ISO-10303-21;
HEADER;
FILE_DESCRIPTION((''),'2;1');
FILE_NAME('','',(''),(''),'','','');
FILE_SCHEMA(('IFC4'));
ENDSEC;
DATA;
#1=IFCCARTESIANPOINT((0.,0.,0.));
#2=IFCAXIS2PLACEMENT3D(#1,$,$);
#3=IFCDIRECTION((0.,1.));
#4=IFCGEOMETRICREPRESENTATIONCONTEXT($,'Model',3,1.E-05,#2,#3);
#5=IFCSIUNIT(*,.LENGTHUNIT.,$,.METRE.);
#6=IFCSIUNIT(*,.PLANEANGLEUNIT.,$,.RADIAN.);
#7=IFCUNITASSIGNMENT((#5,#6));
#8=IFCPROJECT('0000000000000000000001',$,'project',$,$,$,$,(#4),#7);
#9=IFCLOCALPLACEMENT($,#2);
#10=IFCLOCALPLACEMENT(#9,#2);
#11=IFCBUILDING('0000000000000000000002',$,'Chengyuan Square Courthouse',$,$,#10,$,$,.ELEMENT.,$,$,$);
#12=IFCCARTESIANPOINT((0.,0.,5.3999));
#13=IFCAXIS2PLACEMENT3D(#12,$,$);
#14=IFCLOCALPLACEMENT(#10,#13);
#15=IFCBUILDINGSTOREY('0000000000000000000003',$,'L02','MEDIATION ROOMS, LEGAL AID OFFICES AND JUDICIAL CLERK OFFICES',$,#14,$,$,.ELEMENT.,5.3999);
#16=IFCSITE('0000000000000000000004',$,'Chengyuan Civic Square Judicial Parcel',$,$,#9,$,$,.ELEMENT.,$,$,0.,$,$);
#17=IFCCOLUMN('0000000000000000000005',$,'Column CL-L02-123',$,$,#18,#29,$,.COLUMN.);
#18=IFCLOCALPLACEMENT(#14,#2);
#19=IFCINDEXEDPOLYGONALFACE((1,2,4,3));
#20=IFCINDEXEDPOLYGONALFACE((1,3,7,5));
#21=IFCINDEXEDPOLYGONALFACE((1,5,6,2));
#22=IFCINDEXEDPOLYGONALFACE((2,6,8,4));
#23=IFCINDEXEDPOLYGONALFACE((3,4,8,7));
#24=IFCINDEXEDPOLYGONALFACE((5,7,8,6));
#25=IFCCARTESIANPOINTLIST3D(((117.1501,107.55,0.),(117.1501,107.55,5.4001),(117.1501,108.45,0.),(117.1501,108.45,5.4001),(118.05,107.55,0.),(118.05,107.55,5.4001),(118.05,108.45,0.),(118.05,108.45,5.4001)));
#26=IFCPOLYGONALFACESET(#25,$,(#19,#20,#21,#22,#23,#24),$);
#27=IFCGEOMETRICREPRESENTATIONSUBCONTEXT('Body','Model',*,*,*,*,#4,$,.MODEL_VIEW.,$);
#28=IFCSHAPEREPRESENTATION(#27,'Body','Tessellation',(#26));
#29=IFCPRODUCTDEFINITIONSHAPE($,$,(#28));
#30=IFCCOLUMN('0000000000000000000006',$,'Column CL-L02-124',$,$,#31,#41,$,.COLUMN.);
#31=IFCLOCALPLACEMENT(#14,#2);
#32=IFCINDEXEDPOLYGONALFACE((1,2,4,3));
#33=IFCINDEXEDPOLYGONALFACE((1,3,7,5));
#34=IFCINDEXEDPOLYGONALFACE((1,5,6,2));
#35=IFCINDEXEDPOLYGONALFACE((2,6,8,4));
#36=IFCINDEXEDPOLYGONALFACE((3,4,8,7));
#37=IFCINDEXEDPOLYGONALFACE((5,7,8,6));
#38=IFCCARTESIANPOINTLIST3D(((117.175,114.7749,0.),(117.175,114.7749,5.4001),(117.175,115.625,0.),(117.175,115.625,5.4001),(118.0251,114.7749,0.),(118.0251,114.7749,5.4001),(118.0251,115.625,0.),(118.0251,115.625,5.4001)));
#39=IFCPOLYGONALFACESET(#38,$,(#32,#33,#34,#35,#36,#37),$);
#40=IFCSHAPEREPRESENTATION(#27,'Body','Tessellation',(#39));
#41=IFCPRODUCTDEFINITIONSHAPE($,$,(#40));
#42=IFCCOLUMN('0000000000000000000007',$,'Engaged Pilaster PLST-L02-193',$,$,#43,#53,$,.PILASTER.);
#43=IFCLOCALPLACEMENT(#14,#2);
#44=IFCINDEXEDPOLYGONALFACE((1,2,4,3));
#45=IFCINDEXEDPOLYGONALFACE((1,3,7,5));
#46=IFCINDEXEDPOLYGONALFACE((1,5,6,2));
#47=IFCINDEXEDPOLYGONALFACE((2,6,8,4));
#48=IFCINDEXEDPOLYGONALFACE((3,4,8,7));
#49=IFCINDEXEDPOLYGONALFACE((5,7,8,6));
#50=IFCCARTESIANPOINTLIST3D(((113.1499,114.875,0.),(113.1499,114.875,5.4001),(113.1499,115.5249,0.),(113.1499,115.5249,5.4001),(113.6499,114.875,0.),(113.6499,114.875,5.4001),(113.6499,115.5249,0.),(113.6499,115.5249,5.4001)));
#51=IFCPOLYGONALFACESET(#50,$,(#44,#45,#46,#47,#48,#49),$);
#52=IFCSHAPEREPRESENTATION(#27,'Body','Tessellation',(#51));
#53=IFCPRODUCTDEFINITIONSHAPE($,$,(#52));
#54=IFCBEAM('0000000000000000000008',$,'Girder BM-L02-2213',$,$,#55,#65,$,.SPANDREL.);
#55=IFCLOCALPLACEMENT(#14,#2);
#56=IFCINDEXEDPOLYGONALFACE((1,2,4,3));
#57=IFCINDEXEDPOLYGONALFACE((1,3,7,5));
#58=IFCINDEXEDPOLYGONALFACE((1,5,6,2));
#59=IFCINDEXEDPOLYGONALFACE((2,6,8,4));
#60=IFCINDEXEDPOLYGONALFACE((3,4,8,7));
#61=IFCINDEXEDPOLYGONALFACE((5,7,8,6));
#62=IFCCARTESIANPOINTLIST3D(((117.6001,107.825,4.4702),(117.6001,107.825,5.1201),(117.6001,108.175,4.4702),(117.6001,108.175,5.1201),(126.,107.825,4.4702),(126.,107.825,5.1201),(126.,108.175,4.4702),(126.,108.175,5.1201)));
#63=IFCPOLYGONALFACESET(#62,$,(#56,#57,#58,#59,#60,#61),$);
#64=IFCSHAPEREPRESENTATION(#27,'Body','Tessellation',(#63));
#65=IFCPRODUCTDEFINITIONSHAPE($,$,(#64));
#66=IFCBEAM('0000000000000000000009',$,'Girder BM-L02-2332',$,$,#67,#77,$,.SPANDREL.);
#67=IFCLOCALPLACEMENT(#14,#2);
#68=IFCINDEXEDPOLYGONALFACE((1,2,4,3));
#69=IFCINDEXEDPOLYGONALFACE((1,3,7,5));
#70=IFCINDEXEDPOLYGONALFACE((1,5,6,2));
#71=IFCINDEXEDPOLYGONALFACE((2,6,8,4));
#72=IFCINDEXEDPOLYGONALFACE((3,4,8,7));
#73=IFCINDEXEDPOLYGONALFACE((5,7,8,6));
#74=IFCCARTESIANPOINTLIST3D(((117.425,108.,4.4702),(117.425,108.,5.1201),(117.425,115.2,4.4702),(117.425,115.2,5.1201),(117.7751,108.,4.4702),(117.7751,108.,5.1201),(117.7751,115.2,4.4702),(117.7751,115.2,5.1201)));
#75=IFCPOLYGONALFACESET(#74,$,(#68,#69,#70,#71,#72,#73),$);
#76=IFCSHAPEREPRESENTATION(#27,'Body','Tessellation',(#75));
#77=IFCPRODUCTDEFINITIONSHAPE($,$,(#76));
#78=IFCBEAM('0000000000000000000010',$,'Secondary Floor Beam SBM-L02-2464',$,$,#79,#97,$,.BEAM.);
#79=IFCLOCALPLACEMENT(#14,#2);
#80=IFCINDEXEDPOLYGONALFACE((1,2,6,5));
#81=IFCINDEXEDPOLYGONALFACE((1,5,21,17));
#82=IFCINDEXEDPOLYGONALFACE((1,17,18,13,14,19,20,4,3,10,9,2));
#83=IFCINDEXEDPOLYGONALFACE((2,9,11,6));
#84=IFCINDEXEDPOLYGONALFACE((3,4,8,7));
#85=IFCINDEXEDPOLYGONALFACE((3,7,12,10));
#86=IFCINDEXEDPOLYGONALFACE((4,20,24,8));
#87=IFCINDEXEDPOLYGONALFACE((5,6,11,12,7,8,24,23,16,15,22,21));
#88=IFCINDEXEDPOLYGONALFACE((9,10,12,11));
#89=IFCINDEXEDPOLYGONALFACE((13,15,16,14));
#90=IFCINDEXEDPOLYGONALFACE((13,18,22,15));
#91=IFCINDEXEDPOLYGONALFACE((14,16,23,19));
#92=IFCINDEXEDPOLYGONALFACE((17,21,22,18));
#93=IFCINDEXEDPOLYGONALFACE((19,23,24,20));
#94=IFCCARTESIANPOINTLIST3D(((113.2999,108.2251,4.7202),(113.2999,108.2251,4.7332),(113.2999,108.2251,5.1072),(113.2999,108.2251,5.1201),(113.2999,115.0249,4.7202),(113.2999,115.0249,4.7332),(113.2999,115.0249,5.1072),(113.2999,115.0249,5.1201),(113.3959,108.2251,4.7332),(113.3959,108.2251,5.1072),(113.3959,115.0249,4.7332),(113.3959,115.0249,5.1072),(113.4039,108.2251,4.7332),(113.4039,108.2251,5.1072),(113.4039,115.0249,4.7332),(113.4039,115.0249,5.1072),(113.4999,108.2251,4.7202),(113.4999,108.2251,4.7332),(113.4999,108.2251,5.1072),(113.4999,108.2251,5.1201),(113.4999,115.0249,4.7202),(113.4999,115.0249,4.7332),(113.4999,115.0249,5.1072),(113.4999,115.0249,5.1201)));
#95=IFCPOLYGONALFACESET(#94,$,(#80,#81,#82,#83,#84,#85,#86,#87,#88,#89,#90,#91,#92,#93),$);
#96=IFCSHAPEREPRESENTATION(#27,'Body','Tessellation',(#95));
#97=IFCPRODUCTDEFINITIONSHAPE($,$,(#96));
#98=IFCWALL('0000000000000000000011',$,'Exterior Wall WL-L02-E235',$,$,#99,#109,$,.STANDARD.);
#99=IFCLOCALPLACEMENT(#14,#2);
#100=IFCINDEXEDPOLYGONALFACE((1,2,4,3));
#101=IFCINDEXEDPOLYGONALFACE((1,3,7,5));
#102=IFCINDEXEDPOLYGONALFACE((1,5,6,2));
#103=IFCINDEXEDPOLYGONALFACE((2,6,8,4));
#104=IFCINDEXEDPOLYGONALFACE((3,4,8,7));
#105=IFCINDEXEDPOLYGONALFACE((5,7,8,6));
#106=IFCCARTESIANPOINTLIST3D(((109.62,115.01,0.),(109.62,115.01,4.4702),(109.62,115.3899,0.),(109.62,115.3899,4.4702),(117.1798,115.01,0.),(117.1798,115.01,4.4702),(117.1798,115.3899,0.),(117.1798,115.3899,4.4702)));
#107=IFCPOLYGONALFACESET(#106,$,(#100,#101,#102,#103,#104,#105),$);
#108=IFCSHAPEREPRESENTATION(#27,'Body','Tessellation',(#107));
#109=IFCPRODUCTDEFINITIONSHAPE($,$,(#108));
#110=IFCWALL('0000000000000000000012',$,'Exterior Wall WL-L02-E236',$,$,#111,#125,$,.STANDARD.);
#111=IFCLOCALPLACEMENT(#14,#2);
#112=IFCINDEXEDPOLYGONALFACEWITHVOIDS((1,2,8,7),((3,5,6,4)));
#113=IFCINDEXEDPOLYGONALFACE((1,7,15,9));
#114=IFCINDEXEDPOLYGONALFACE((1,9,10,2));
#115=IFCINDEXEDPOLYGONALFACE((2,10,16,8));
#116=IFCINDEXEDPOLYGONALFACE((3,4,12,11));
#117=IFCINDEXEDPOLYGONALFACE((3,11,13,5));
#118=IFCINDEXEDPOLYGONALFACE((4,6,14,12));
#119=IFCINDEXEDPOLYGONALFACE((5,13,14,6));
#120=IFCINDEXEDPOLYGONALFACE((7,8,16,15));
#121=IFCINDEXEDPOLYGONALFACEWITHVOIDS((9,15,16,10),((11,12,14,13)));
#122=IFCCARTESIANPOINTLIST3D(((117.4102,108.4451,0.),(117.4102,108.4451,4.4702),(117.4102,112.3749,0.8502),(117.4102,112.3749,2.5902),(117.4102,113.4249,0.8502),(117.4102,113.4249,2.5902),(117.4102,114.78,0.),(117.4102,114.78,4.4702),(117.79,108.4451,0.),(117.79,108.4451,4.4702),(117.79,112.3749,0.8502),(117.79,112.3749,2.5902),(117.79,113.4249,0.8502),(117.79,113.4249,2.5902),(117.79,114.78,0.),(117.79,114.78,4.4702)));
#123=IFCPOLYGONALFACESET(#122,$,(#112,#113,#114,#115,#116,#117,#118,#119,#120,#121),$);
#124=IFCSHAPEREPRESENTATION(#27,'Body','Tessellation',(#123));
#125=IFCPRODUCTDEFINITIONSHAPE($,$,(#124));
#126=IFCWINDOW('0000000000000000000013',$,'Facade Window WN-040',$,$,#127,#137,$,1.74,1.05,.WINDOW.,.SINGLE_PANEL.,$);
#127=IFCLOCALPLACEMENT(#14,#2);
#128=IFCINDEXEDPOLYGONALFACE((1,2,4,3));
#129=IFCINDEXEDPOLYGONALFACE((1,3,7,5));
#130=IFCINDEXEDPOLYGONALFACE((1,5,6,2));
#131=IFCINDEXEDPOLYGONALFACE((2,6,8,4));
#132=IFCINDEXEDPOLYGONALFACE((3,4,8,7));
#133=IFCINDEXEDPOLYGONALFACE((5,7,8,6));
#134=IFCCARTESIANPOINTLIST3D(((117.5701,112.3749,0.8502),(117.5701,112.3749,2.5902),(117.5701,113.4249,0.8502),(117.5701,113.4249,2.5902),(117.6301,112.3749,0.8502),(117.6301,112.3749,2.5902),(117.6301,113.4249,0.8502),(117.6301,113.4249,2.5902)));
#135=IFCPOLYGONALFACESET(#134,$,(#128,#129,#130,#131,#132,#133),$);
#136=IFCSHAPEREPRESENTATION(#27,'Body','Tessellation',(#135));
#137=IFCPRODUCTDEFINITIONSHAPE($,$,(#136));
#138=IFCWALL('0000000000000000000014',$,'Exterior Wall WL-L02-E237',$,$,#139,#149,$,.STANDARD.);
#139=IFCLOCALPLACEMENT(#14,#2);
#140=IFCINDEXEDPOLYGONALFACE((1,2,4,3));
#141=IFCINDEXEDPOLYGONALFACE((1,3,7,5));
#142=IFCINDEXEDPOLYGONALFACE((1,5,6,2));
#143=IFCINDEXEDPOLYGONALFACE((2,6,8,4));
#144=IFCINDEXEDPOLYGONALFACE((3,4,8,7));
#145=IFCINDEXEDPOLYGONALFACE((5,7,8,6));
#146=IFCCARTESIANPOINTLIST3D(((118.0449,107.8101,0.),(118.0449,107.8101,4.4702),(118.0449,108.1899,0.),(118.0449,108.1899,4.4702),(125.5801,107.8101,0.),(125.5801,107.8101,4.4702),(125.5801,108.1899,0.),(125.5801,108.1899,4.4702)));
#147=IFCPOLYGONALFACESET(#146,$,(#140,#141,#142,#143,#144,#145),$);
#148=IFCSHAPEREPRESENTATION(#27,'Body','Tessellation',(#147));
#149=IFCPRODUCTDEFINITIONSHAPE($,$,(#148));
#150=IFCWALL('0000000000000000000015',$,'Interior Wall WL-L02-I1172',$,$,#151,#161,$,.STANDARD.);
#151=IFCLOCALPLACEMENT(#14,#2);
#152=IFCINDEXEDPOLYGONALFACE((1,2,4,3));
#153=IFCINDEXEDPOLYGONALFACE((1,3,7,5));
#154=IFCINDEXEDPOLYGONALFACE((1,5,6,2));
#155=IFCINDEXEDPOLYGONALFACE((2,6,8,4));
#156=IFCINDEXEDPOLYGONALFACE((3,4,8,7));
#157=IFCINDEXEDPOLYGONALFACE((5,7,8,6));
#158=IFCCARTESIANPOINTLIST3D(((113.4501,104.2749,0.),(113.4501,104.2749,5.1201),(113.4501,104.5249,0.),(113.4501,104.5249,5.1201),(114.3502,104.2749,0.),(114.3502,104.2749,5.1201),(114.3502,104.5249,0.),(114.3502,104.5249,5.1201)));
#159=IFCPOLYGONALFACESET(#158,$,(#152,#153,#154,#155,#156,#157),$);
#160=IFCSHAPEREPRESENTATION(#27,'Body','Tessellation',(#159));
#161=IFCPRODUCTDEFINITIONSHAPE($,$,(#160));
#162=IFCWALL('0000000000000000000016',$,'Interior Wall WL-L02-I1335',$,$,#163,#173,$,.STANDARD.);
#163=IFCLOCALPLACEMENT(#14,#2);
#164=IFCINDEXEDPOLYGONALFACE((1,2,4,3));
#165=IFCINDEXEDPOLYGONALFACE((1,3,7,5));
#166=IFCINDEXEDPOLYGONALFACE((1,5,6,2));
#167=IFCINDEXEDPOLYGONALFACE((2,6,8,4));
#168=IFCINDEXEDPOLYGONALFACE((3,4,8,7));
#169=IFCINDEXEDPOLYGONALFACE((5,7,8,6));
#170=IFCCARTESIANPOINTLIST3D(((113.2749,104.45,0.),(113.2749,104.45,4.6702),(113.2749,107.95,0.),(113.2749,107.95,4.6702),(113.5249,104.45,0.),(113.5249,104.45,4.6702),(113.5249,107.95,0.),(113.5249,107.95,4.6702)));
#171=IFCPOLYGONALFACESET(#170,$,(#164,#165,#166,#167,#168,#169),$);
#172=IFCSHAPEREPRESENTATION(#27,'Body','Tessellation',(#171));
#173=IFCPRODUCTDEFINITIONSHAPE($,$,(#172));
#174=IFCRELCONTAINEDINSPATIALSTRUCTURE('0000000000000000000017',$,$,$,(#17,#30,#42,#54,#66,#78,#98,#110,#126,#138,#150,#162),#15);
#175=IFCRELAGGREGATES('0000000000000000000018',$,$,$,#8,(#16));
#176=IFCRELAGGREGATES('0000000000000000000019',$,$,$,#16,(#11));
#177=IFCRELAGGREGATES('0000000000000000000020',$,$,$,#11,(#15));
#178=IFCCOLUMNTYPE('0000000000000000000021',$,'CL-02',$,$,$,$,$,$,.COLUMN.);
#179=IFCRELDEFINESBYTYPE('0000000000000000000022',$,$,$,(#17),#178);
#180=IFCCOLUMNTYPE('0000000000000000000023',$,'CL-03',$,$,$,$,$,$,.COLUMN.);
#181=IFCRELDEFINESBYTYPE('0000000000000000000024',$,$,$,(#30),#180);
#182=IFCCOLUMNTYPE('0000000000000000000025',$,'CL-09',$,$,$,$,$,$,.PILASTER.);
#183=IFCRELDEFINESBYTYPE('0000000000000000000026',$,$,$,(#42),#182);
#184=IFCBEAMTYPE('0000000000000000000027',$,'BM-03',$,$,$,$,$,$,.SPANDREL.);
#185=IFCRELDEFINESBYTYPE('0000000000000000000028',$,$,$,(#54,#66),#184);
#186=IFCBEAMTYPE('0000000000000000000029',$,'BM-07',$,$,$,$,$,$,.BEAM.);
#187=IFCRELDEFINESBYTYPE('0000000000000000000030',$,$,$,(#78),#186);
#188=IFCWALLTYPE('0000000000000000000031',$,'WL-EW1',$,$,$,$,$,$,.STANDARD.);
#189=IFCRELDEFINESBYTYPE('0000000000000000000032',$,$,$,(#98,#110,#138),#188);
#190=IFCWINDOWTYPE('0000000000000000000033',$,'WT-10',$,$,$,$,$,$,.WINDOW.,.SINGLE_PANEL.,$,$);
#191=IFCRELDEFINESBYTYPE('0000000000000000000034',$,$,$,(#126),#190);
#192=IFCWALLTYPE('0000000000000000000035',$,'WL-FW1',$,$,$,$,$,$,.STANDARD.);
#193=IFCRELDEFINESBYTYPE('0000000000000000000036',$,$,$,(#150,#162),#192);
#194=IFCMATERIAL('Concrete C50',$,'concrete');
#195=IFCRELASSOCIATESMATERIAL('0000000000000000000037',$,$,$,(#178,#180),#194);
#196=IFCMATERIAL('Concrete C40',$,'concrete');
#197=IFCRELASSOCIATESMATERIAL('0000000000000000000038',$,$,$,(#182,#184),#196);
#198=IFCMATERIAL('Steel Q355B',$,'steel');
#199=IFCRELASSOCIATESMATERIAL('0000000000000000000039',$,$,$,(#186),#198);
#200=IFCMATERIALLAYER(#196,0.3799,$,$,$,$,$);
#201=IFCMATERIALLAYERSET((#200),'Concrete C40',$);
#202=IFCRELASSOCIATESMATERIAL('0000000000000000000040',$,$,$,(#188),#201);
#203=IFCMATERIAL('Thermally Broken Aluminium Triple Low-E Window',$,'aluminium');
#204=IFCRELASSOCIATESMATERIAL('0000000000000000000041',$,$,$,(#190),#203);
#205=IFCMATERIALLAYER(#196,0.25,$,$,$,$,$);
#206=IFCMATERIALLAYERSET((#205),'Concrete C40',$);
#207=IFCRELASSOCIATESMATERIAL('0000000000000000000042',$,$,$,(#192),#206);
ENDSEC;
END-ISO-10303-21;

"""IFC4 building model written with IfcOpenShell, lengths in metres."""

from ifc_helpers import new_model, si_unit, direction, frame, frame_2d, origin, origin_2d, place, context, subcontext, project, spatial, rectangle, i_section, extrude, material, layer, layer_set, material_profile, profile_set, type_object, element, fill, save


model = new_model("IFC4")

# Units and contexts
model_context = context("Model", 3, precision=1e-05, world=origin(), true_north=direction((0.0, 1.0)))
body_context = subcontext(model_context, "Body", "Model", "MODEL_VIEW")
ifc_project = project(units=[si_unit("LENGTHUNIT", "METRE"), si_unit("PLANEANGLEUNIT", "RADIAN")], contexts=[model_context])

# Site, building, storey
site_placement = place(None, origin())
site = spatial("IfcSite", under=ifc_project, at=site_placement, Name="Chengyuan Civic Square Judicial Parcel", CompositionType="ELEMENT", RefElevation=0.0)
building_placement = place(site_placement, origin())
building = spatial("IfcBuilding", under=site, at=building_placement, Name="Chengyuan Square Courthouse", CompositionType="ELEMENT")
storey_placement = place(building_placement, frame((0.0, 0.0, 5.3999)))
storey = spatial("IfcBuildingStorey", under=building, at=storey_placement, Name="L02", Description="MEDIATION ROOMS, LEGAL AID OFFICES AND JUDICIAL CLERK OFFICES", CompositionType="ELEMENT", Elevation=5.3999)

# Columns
ifc_material_1 = material(Name="Concrete C50", Category="concrete")
ifc_material_profile_1 = material_profile(ifc_material_1, rectangle(XDim=0.8999, YDim=0.8999, at=origin_2d()), Name="RC-COL-900x900")
ifc_profile_set_1 = profile_set([ifc_material_profile_1], Name="Concrete C50")
column_type_1 = type_object("IfcColumnType", Name="CL-02", PredefinedType="COLUMN", material=ifc_profile_set_1)
column_1_placement = place(storey_placement, frame((117.6001, 108.0, 0.0), z_axis=(0.0, 0.0, 1.0), x_axis=(1.0, 0.0, 0.0)))
element("IfcColumn", 1, at=column_1_placement, inside=storey, type_object=column_type_1, Name="Column CL-L02-123", PredefinedType="COLUMN", context=body_context, shape_type="SweptSolid", body=[
    extrude(rectangle(XDim=0.8999, YDim=0.8999, at=origin_2d()), origin(), (0.0, 0.0, 1.0), 5.4001),
])
ifc_material_profile_2 = material_profile(ifc_material_1, rectangle(XDim=0.8501, YDim=0.8501, at=origin_2d()), Name="RC-COL-850x850")
ifc_profile_set_2 = profile_set([ifc_material_profile_2], Name="Concrete C50")
column_type_2 = type_object("IfcColumnType", Name="CL-03", PredefinedType="COLUMN", material=ifc_profile_set_2)
column_2_placement = place(storey_placement, frame((117.6001, 115.2, 0.0), z_axis=(0.0, 0.0, 1.0), x_axis=(1.0, 0.0, 0.0)))
element("IfcColumn", 2, at=column_2_placement, inside=storey, type_object=column_type_2, Name="Column CL-L02-124", PredefinedType="COLUMN", context=body_context, shape_type="SweptSolid", body=[
    extrude(rectangle(XDim=0.8501, YDim=0.8501, at=origin_2d()), origin(), (0.0, 0.0, 1.0), 5.4001),
])
ifc_material_2 = material(Name="Concrete C40", Category="concrete")
ifc_material_profile_3 = material_profile(ifc_material_2, rectangle(XDim=0.5, YDim=0.6499, at=origin_2d()), Name="RC-PIL-500x650")
ifc_profile_set_3 = profile_set([ifc_material_profile_3], Name="Concrete C40")
column_type_3 = type_object("IfcColumnType", Name="CL-09", PredefinedType="PILASTER", material=ifc_profile_set_3)
column_3_placement = place(storey_placement, frame((113.3999, 115.2, 0.0), z_axis=(0.0, 0.0, 1.0), x_axis=(1.0, 0.0, 0.0)))
element("IfcColumn", 3, at=column_3_placement, inside=storey, type_object=column_type_3, Name="Engaged Pilaster PLST-L02-193", PredefinedType="PILASTER", context=body_context, shape_type="SweptSolid", body=[
    extrude(rectangle(XDim=0.5, YDim=0.6499, at=origin_2d()), origin(), (0.0, 0.0, 1.0), 5.4001),
])

# Beams
ifc_material_profile_4 = material_profile(ifc_material_2, rectangle(XDim=0.3501, YDim=0.6499, at=origin_2d()), Name="RC-BM-350x650")
ifc_profile_set_4 = profile_set([ifc_material_profile_4], Name="Concrete C40")
beam_type_1 = type_object("IfcBeamType", Name="BM-03", PredefinedType="SPANDREL", material=ifc_profile_set_4)
beam_1_placement = place(storey_placement, frame((117.6001, 108.0, 4.7952), z_axis=(1.0, 0.0, 0.0), x_axis=(0.0, 1.0, 0.0)))
element("IfcBeam", 4, at=beam_1_placement, inside=storey, type_object=beam_type_1, Name="Girder BM-L02-2213", PredefinedType="SPANDREL", context=body_context, shape_type="SweptSolid", body=[
    extrude(rectangle(XDim=0.3501, YDim=0.6499, at=origin_2d()), origin(), (0.0, 0.0, 1.0), 8.3999),
])
beam_2_placement = place(storey_placement, frame((117.6001, 108.0, 4.7952), z_axis=(0.0, 1.0, 0.0), x_axis=(-1.0, 0.0, 0.0)))
element("IfcBeam", 5, at=beam_2_placement, inside=storey, type_object=beam_type_1, Name="Girder BM-L02-2332", PredefinedType="SPANDREL", context=body_context, shape_type="SweptSolid", body=[
    extrude(rectangle(XDim=0.3501, YDim=0.6499, at=origin_2d()), origin(), (0.0, 0.0, 1.0), 7.2),
])
ifc_material_3 = material(Name="Steel Q355B", Category="steel")
ifc_material_profile_5 = material_profile(ifc_material_3, i_section(OverallWidth=0.2, OverallDepth=0.3999, WebThickness=0.0081, FlangeThickness=0.0129, at=origin_2d()), Name="HN 400x200x8x13")
ifc_profile_set_5 = profile_set([ifc_material_profile_5], Name="Steel Q355B")
beam_type_2 = type_object("IfcBeamType", Name="BM-07", PredefinedType="BEAM", material=ifc_profile_set_5)
beam_3_placement = place(storey_placement, frame((113.3999, 108.2251, 4.9202), z_axis=(0.0, 1.0, 0.0), x_axis=(-1.0, 0.0, 0.0)))
element("IfcBeam", 6, at=beam_3_placement, inside=storey, type_object=beam_type_2, Name="Secondary Floor Beam SBM-L02-2464", PredefinedType="BEAM", context=body_context, shape_type="SweptSolid", body=[
    extrude(i_section(OverallWidth=0.2, OverallDepth=0.3999, WebThickness=0.0081, FlangeThickness=0.0129, at=origin_2d()), origin(), (0.0, 0.0, 1.0), 6.7998),
])

# Wall
ifc_layer_1 = layer(ifc_material_2, 0.3799)
ifc_layer_set_1 = layer_set([ifc_layer_1], Name="Concrete C40")
wall_type_1 = type_object("IfcWallType", Name="WL-EW1", PredefinedType="STANDARD", material=ifc_layer_set_1)
wall_1_placement = place(storey_placement, frame((109.6201, 115.2, 0.0), z_axis=(0.0, 0.0, 1.0), x_axis=(1.0, 0.0, 0.0)))
element("IfcWall", 7, at=wall_1_placement, inside=storey, type_object=wall_type_1, Name="Exterior Wall WL-L02-E235", PredefinedType="STANDARD", context=body_context, shape_type="SweptSolid", body=[
    extrude(rectangle(XDim=7.5598, YDim=0.3799, at=frame_2d((3.7798, 0.0))), origin(), (0.0, 0.0, 1.0), 4.4702),
])

# Wall, opening, window
wall_2_placement = place(storey_placement, frame((117.6001, 108.4451, 0.0), z_axis=(0.0, 0.0, 1.0), x_axis=(0.0, 1.0, 0.0)))
wall_2 = element("IfcWall", 8, at=wall_2_placement, inside=storey, type_object=wall_type_1, Name="Exterior Wall WL-L02-E236", PredefinedType="STANDARD", context=body_context, shape_type="SweptSolid", body=[
    extrude(rectangle(XDim=6.335, YDim=0.3799, at=frame_2d((3.1675, 0.0))), origin(), (0.0, 0.0, 1.0), 4.4702),
])
opening_1_placement = place(wall_2_placement, frame((3.9299, 0.0, 0.8501)))
opening_1 = element("IfcOpeningElement", 9, at=opening_1_placement, cuts=wall_2, PredefinedType="OPENING", context=body_context, shape_type="SweptSolid", body=[
    extrude(rectangle(XDim=1.05, YDim=1.74, at=frame_2d((0.5249, 0.8701))), frame((0.0, 0.2019, 0.0), z_axis=(0.0, -1.0, 0.0), x_axis=(1.0, 0.0, 0.0)), (0.0, 0.0, 1.0), 0.4038),
])
ifc_material_4 = material(Name="Thermally Broken Aluminium Triple Low-E Window", Category="aluminium")
window_type = type_object("IfcWindowType", Name="WT-10", PartitioningType="SINGLE_PANEL", PredefinedType="WINDOW", material=ifc_material_4)
window_placement = place(opening_1_placement, origin())
window = element("IfcWindow", 10, at=window_placement, inside=storey, type_object=window_type, Name="Facade Window WN-040", OverallHeight=1.74, OverallWidth=1.05, PartitioningType="SINGLE_PANEL", PredefinedType="WINDOW", context=body_context, shape_type="SweptSolid", body=[
    extrude(rectangle(XDim=1.05, YDim=1.74, at=frame_2d((0.5249, 0.8701))), frame((0.0, 0.03, 0.0), z_axis=(0.0, -1.0, 0.0), x_axis=(1.0, 0.0, 0.0)), (0.0, 0.0, 1.0), 0.0601),
])
fill(opening_1, window)

# Walls
wall_3_placement = place(storey_placement, frame((118.0449, 108.0, 0.0), z_axis=(0.0, 0.0, 1.0), x_axis=(1.0, 0.0, 0.0)))
element("IfcWall", 11, at=wall_3_placement, inside=storey, type_object=wall_type_1, Name="Exterior Wall WL-L02-E237", PredefinedType="STANDARD", context=body_context, shape_type="SweptSolid", body=[
    extrude(rectangle(XDim=7.5352, YDim=0.3799, at=frame_2d((3.7676, 0.0))), origin(), (0.0, 0.0, 1.0), 4.4702),
])
ifc_layer_2 = layer(ifc_material_2, 0.25)
ifc_layer_set_2 = layer_set([ifc_layer_2], Name="Concrete C40")
wall_type_2 = type_object("IfcWallType", Name="WL-FW1", PredefinedType="STANDARD", material=ifc_layer_set_2)
wall_4_placement = place(storey_placement, frame((113.45, 104.3999, 0.0), z_axis=(0.0, 0.0, 1.0), x_axis=(1.0, 0.0, 0.0)))
element("IfcWall", 12, at=wall_4_placement, inside=storey, type_object=wall_type_2, Name="Interior Wall WL-L02-I1172", PredefinedType="STANDARD", context=body_context, shape_type="SweptSolid", body=[
    extrude(rectangle(XDim=0.9001, YDim=0.25, at=frame_2d((0.4502, 0.0))), origin(), (0.0, 0.0, 1.0), 5.1201),
])
wall_5_placement = place(storey_placement, frame((113.3999, 104.45, 0.0), z_axis=(0.0, 0.0, 1.0), x_axis=(0.0, 1.0, 0.0)))
element("IfcWall", 13, at=wall_5_placement, inside=storey, type_object=wall_type_2, Name="Interior Wall WL-L02-I1335", PredefinedType="STANDARD", context=body_context, shape_type="SweptSolid", body=[
    extrude(rectangle(XDim=3.5, YDim=0.25, at=frame_2d((1.75, 0.0))), origin(), (0.0, 0.0, 1.0), 4.6702),
])

save(model, "model.ifc")
